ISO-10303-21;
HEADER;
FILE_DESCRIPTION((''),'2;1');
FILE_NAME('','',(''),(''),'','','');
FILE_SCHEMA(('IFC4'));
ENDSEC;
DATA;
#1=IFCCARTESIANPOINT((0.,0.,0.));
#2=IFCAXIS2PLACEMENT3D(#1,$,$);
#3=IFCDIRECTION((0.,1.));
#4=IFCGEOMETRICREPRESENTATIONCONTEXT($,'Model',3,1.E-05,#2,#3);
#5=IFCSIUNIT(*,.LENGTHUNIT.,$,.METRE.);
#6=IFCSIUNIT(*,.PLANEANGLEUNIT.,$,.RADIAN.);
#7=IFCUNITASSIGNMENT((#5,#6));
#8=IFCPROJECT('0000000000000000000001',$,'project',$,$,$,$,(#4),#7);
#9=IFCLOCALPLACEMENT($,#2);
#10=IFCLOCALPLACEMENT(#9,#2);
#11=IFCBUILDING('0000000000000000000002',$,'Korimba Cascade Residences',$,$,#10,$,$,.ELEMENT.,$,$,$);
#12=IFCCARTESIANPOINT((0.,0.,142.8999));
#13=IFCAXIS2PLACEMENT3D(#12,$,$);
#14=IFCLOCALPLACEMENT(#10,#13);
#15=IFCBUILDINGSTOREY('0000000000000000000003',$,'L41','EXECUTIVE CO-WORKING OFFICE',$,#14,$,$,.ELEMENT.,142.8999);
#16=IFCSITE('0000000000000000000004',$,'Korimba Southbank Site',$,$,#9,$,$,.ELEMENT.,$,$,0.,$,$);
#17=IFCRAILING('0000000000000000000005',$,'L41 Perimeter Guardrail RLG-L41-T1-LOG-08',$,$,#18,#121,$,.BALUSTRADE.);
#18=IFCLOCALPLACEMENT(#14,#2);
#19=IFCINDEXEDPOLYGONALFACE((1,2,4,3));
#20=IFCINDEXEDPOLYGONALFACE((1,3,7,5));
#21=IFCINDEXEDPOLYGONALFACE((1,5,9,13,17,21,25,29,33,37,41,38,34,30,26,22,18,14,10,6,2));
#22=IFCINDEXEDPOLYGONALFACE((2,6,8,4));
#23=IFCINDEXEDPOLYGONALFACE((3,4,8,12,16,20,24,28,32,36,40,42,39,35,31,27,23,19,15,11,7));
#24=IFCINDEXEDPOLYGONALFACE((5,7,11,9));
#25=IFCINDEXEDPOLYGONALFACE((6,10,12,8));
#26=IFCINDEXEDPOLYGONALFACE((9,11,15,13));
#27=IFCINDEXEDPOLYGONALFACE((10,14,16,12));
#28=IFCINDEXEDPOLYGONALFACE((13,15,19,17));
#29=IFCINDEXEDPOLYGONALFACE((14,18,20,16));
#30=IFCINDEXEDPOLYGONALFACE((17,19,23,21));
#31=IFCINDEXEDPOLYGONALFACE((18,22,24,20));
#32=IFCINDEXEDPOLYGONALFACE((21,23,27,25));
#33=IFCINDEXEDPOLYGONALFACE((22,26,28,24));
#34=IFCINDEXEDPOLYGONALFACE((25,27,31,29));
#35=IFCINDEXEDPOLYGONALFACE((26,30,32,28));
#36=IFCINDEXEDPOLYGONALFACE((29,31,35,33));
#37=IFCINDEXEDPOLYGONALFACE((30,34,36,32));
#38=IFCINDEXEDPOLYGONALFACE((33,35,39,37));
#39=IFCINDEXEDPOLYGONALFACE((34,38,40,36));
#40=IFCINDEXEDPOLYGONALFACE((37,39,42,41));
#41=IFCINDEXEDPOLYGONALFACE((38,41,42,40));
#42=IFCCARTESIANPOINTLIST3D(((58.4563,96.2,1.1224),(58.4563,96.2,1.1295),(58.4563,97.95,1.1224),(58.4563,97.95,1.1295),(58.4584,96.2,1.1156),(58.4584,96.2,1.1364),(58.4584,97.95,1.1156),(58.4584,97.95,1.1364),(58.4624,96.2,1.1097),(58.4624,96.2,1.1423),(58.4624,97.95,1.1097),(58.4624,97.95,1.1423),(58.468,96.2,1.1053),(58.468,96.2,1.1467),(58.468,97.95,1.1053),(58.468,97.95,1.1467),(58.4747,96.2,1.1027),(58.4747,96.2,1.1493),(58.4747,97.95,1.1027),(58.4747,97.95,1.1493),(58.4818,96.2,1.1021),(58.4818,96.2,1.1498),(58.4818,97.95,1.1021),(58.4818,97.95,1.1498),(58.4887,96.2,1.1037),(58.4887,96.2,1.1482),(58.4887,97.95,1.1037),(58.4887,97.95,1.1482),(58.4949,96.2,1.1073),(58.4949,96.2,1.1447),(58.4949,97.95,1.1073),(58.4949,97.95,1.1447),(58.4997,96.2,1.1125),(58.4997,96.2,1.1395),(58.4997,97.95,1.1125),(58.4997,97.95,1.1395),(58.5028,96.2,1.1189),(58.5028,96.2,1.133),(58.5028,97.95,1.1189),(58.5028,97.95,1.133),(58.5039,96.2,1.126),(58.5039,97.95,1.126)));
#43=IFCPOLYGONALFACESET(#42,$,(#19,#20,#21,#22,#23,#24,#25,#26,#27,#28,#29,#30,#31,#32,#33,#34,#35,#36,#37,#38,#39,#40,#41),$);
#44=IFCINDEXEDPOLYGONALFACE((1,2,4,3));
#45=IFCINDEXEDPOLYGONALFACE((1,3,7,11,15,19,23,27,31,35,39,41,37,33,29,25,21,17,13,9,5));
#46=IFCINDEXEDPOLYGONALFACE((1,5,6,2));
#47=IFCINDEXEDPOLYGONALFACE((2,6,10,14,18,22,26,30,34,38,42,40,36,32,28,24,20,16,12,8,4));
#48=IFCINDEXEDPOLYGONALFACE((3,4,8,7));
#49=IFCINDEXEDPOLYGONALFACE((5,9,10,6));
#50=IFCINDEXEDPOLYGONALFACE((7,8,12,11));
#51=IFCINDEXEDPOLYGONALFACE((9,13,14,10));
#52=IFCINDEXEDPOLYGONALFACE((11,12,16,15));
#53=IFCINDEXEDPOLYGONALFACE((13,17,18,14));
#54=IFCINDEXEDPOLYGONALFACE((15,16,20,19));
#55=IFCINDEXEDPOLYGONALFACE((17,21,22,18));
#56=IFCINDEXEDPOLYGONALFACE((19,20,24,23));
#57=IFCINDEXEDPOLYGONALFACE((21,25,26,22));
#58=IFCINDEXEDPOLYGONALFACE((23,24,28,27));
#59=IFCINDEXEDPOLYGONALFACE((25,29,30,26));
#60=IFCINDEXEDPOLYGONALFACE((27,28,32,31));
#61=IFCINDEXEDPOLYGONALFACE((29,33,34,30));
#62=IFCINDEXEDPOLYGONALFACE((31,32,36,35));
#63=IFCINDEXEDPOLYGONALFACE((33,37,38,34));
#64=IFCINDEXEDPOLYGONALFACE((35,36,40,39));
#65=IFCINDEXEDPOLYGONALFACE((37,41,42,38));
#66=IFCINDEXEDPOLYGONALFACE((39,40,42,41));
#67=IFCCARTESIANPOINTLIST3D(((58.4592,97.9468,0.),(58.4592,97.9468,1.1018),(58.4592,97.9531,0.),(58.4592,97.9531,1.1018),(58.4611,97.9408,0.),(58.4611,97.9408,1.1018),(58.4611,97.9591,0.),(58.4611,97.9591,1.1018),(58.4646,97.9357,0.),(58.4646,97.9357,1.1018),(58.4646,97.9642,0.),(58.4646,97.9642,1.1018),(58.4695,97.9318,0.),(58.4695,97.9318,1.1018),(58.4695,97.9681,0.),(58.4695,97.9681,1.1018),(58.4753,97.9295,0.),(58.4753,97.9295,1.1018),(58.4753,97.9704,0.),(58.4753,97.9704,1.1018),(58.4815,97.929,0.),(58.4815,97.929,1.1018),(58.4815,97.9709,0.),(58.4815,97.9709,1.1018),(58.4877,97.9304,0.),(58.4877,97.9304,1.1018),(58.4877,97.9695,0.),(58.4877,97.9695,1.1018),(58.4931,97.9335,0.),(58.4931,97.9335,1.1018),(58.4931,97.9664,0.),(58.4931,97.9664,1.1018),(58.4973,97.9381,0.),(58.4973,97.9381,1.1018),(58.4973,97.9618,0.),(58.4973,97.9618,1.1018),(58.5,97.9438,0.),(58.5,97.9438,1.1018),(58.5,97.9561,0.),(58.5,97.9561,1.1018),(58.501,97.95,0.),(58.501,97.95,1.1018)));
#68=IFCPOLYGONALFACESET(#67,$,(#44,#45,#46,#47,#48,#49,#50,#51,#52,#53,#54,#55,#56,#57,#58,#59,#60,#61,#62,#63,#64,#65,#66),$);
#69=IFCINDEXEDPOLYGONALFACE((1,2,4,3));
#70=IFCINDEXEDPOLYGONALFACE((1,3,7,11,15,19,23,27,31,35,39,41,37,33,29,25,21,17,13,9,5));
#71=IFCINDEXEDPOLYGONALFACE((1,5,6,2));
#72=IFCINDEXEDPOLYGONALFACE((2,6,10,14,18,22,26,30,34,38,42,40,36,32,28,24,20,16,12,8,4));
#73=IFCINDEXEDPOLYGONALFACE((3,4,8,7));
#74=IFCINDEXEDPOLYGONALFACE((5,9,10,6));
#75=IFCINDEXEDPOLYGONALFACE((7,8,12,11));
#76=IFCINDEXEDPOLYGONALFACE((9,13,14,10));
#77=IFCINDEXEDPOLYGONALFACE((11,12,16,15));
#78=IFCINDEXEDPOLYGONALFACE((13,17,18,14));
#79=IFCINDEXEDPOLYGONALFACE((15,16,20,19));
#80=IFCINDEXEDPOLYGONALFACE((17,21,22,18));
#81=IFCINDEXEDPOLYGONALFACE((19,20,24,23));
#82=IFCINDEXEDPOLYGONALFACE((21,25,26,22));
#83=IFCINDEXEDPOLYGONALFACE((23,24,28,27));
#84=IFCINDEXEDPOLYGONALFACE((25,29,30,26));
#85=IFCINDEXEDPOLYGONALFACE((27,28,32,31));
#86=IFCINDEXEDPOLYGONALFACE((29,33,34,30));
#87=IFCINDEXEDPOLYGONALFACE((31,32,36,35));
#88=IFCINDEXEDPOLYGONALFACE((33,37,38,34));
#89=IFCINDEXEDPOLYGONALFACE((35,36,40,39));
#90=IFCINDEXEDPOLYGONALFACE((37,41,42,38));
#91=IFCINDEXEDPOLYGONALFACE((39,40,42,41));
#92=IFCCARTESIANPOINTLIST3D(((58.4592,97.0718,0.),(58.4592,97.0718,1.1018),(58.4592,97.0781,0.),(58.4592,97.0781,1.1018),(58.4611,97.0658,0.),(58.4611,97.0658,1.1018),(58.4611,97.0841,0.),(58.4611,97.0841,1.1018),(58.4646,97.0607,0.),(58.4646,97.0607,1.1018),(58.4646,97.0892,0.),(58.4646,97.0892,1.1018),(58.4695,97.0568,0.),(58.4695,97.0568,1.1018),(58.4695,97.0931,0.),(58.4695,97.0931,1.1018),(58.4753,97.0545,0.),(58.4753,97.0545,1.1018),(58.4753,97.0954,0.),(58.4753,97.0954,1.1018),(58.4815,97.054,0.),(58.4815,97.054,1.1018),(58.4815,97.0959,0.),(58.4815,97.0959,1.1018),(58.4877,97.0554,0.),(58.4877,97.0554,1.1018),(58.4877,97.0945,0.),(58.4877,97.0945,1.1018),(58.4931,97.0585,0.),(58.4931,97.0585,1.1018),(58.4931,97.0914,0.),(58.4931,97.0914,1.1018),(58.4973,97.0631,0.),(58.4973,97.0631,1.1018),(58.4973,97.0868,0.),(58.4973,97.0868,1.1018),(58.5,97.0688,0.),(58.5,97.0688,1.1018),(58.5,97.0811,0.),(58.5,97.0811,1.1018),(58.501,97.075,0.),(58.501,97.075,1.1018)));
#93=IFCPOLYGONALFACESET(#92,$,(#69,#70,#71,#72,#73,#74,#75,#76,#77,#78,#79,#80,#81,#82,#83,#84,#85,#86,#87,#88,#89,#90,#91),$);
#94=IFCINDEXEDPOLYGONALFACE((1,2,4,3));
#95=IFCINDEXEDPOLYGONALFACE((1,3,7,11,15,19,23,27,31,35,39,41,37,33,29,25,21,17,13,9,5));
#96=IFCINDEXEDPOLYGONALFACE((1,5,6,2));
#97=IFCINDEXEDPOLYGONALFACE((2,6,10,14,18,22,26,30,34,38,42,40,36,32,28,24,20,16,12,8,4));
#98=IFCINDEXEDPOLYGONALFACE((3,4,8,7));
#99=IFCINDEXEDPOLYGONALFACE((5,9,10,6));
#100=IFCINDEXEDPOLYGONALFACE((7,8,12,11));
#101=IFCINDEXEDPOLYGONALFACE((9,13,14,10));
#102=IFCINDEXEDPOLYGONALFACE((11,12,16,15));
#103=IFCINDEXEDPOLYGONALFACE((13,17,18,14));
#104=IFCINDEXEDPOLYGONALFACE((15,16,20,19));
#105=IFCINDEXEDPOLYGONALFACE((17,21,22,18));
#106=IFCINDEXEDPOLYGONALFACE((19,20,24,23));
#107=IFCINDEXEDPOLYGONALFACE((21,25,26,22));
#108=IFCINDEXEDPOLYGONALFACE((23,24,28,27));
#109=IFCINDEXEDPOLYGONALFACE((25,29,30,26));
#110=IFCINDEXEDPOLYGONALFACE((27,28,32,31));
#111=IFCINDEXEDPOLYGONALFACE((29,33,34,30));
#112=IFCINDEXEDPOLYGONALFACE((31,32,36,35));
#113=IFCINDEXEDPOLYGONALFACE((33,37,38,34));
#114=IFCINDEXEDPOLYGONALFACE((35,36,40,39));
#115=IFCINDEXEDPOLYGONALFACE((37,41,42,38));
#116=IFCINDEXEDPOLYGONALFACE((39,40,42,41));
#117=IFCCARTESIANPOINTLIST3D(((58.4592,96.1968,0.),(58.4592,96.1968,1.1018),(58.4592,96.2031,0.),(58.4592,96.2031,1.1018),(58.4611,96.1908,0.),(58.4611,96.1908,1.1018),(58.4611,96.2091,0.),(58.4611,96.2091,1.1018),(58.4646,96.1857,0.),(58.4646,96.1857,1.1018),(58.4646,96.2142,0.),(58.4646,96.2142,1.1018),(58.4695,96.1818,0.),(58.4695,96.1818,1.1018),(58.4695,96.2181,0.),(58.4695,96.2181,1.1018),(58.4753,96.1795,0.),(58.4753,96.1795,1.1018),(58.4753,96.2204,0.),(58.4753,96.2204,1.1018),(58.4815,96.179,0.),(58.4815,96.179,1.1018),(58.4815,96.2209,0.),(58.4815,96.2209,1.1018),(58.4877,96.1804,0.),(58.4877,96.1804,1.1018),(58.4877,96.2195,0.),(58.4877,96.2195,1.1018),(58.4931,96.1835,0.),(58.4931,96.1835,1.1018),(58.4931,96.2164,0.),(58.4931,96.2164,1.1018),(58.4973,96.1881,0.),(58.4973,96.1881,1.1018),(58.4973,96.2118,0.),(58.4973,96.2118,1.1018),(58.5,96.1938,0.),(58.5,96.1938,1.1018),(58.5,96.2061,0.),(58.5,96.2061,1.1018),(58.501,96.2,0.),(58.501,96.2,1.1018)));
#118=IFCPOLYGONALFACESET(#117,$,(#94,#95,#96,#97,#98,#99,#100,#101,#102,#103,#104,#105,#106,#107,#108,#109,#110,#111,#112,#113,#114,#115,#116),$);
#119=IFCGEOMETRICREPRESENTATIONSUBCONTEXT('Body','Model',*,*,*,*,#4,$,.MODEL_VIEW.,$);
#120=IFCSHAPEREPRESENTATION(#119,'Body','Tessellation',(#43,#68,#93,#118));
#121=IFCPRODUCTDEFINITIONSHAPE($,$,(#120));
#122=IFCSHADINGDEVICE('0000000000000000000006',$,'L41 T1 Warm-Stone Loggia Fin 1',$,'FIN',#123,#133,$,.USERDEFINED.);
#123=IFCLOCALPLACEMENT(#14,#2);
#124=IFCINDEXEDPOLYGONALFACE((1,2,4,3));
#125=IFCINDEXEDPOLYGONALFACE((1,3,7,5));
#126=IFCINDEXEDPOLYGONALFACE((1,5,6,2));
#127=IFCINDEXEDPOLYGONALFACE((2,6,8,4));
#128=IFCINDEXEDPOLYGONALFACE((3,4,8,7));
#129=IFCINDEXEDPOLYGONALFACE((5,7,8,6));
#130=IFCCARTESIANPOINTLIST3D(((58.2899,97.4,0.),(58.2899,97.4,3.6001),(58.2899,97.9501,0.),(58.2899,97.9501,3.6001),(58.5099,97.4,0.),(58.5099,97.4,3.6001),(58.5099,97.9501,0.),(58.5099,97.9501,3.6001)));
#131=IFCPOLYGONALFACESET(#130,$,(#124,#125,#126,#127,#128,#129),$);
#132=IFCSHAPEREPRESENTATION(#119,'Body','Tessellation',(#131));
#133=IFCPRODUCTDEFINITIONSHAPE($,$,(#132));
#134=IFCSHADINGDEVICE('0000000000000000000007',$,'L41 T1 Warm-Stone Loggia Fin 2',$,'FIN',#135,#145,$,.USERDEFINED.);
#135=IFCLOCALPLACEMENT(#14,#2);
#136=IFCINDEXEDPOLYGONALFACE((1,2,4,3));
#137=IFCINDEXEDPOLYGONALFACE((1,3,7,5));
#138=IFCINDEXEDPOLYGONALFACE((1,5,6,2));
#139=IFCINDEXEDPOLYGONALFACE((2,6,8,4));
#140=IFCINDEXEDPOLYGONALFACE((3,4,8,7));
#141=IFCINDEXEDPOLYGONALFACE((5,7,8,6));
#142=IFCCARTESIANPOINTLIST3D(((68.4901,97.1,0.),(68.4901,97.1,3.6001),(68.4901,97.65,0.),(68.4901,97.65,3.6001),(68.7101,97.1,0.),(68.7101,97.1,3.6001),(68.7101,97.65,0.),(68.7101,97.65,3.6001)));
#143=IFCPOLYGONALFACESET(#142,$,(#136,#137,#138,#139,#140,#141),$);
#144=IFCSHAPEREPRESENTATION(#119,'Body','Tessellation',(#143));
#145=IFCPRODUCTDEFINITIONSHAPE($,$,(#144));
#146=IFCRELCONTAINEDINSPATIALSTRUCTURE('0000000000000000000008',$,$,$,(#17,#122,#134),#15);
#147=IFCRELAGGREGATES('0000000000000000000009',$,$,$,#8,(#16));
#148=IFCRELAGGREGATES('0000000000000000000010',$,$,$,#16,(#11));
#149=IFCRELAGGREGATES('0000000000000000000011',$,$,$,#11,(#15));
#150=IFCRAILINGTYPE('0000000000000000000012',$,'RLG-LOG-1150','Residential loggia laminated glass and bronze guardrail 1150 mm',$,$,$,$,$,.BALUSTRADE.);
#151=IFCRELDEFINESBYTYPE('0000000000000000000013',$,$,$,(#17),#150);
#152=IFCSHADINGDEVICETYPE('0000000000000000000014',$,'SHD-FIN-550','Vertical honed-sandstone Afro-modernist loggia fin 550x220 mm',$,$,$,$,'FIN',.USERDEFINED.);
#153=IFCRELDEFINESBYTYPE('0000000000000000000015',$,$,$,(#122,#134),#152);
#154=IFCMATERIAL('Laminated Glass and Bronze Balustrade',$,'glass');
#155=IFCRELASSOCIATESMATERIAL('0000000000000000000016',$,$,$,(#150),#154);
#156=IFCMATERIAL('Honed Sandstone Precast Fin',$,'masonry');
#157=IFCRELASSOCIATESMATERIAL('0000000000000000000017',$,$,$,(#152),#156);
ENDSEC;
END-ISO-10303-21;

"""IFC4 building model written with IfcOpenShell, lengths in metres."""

from ifc_helpers import new_model, si_unit, direction, frame, origin, origin_2d, place, context, subcontext, project, spatial, rectangle, circle, extrude, material, type_object, element, save


model = new_model("IFC4")

# Units and contexts
model_context = context("Model", 3, precision=1e-05, world=origin(), true_north=direction((0.0, 1.0)))
body_context = subcontext(model_context, "Body", "Model", "MODEL_VIEW")
ifc_project = project(units=[si_unit("LENGTHUNIT", "METRE"), si_unit("PLANEANGLEUNIT", "RADIAN")], contexts=[model_context])

# Site, building, storey
site_placement = place(None, origin())
site = spatial("IfcSite", under=ifc_project, at=site_placement, Name="Korimba Southbank Site", CompositionType="ELEMENT", RefElevation=0.0)
building_placement = place(site_placement, origin())
building = spatial("IfcBuilding", under=site, at=building_placement, Name="Korimba Cascade Residences", CompositionType="ELEMENT")
storey_placement = place(building_placement, frame((0.0, 0.0, 142.8999)))
storey = spatial("IfcBuildingStorey", under=building, at=storey_placement, Name="L41", Description="EXECUTIVE CO-WORKING OFFICE", CompositionType="ELEMENT", Elevation=142.8999)

# Railing
ifc_material_1 = material(Name="Laminated Glass and Bronze Balustrade", Category="glass")
railing_type = type_object("IfcRailingType", Name="RLG-LOG-1150", Description="Residential loggia laminated glass and bronze guardrail 1150 mm", PredefinedType="BALUSTRADE", material=ifc_material_1)
railing_1_placement = place(storey_placement, frame((58.48, 97.95, 0.0)))
element("IfcRailing", 1, at=railing_1_placement, inside=storey, type_object=railing_type, Name="L41 Perimeter Guardrail RLG-L41-T1-LOG-08", PredefinedType="BALUSTRADE", context=body_context, shape_type="SweptSolid", body=[
    extrude(circle(Radius=0.0239, at=origin_2d()), frame((0.0, 0.0, 1.126), z_axis=(0.0, -1.0, 0.0), x_axis=(1.0, 0.0, 0.0)), (0.0, 0.0, 1.0), 1.75),
    extrude(circle(Radius=0.021, at=origin_2d()), origin(), (0.0, 0.0, 1.0), 1.1018),
    extrude(circle(Radius=0.021, at=origin_2d()), frame((0.0, -0.875, 0.0)), (0.0, 0.0, 1.0), 1.1018),
    extrude(circle(Radius=0.021, at=origin_2d()), frame((0.0, -1.75, 0.0)), (0.0, 0.0, 1.0), 1.1018),
])

# Shading devices
ifc_material_2 = material(Name="Honed Sandstone Precast Fin", Category="masonry")
shading_device_type = type_object("IfcShadingDeviceType", Name="SHD-FIN-550", Description="Vertical honed-sandstone Afro-modernist loggia fin 550x220 mm", ElementType="FIN", PredefinedType="USERDEFINED", material=ifc_material_2)
for number, where, z_axis, x_axis, name in (
    (2, (58.3999, 97.675, 0.0), (0.0, 0.0, 1.0), (1.0, 0.0, 0.0), "L41 T1 Warm-Stone Loggia Fin 1"),
    (3, (68.6001, 97.375, 0.0), (0.0, 0.0, 1.0), (1.0, 0.0, 0.0), "L41 T1 Warm-Stone Loggia Fin 2"),
):
    element("IfcShadingDevice", number, at=place(storey_placement, frame(where, z_axis=z_axis, x_axis=x_axis)), inside=storey, type_object=shading_device_type, Name=name, ObjectType="FIN", PredefinedType="USERDEFINED", context=body_context, shape_type="SweptSolid", body=[
        extrude(rectangle(XDim=0.22, YDim=0.55, at=origin_2d()), origin(), (0.0, 0.0, 1.0), 3.6001),
    ])

save(model, "model.ifc")
